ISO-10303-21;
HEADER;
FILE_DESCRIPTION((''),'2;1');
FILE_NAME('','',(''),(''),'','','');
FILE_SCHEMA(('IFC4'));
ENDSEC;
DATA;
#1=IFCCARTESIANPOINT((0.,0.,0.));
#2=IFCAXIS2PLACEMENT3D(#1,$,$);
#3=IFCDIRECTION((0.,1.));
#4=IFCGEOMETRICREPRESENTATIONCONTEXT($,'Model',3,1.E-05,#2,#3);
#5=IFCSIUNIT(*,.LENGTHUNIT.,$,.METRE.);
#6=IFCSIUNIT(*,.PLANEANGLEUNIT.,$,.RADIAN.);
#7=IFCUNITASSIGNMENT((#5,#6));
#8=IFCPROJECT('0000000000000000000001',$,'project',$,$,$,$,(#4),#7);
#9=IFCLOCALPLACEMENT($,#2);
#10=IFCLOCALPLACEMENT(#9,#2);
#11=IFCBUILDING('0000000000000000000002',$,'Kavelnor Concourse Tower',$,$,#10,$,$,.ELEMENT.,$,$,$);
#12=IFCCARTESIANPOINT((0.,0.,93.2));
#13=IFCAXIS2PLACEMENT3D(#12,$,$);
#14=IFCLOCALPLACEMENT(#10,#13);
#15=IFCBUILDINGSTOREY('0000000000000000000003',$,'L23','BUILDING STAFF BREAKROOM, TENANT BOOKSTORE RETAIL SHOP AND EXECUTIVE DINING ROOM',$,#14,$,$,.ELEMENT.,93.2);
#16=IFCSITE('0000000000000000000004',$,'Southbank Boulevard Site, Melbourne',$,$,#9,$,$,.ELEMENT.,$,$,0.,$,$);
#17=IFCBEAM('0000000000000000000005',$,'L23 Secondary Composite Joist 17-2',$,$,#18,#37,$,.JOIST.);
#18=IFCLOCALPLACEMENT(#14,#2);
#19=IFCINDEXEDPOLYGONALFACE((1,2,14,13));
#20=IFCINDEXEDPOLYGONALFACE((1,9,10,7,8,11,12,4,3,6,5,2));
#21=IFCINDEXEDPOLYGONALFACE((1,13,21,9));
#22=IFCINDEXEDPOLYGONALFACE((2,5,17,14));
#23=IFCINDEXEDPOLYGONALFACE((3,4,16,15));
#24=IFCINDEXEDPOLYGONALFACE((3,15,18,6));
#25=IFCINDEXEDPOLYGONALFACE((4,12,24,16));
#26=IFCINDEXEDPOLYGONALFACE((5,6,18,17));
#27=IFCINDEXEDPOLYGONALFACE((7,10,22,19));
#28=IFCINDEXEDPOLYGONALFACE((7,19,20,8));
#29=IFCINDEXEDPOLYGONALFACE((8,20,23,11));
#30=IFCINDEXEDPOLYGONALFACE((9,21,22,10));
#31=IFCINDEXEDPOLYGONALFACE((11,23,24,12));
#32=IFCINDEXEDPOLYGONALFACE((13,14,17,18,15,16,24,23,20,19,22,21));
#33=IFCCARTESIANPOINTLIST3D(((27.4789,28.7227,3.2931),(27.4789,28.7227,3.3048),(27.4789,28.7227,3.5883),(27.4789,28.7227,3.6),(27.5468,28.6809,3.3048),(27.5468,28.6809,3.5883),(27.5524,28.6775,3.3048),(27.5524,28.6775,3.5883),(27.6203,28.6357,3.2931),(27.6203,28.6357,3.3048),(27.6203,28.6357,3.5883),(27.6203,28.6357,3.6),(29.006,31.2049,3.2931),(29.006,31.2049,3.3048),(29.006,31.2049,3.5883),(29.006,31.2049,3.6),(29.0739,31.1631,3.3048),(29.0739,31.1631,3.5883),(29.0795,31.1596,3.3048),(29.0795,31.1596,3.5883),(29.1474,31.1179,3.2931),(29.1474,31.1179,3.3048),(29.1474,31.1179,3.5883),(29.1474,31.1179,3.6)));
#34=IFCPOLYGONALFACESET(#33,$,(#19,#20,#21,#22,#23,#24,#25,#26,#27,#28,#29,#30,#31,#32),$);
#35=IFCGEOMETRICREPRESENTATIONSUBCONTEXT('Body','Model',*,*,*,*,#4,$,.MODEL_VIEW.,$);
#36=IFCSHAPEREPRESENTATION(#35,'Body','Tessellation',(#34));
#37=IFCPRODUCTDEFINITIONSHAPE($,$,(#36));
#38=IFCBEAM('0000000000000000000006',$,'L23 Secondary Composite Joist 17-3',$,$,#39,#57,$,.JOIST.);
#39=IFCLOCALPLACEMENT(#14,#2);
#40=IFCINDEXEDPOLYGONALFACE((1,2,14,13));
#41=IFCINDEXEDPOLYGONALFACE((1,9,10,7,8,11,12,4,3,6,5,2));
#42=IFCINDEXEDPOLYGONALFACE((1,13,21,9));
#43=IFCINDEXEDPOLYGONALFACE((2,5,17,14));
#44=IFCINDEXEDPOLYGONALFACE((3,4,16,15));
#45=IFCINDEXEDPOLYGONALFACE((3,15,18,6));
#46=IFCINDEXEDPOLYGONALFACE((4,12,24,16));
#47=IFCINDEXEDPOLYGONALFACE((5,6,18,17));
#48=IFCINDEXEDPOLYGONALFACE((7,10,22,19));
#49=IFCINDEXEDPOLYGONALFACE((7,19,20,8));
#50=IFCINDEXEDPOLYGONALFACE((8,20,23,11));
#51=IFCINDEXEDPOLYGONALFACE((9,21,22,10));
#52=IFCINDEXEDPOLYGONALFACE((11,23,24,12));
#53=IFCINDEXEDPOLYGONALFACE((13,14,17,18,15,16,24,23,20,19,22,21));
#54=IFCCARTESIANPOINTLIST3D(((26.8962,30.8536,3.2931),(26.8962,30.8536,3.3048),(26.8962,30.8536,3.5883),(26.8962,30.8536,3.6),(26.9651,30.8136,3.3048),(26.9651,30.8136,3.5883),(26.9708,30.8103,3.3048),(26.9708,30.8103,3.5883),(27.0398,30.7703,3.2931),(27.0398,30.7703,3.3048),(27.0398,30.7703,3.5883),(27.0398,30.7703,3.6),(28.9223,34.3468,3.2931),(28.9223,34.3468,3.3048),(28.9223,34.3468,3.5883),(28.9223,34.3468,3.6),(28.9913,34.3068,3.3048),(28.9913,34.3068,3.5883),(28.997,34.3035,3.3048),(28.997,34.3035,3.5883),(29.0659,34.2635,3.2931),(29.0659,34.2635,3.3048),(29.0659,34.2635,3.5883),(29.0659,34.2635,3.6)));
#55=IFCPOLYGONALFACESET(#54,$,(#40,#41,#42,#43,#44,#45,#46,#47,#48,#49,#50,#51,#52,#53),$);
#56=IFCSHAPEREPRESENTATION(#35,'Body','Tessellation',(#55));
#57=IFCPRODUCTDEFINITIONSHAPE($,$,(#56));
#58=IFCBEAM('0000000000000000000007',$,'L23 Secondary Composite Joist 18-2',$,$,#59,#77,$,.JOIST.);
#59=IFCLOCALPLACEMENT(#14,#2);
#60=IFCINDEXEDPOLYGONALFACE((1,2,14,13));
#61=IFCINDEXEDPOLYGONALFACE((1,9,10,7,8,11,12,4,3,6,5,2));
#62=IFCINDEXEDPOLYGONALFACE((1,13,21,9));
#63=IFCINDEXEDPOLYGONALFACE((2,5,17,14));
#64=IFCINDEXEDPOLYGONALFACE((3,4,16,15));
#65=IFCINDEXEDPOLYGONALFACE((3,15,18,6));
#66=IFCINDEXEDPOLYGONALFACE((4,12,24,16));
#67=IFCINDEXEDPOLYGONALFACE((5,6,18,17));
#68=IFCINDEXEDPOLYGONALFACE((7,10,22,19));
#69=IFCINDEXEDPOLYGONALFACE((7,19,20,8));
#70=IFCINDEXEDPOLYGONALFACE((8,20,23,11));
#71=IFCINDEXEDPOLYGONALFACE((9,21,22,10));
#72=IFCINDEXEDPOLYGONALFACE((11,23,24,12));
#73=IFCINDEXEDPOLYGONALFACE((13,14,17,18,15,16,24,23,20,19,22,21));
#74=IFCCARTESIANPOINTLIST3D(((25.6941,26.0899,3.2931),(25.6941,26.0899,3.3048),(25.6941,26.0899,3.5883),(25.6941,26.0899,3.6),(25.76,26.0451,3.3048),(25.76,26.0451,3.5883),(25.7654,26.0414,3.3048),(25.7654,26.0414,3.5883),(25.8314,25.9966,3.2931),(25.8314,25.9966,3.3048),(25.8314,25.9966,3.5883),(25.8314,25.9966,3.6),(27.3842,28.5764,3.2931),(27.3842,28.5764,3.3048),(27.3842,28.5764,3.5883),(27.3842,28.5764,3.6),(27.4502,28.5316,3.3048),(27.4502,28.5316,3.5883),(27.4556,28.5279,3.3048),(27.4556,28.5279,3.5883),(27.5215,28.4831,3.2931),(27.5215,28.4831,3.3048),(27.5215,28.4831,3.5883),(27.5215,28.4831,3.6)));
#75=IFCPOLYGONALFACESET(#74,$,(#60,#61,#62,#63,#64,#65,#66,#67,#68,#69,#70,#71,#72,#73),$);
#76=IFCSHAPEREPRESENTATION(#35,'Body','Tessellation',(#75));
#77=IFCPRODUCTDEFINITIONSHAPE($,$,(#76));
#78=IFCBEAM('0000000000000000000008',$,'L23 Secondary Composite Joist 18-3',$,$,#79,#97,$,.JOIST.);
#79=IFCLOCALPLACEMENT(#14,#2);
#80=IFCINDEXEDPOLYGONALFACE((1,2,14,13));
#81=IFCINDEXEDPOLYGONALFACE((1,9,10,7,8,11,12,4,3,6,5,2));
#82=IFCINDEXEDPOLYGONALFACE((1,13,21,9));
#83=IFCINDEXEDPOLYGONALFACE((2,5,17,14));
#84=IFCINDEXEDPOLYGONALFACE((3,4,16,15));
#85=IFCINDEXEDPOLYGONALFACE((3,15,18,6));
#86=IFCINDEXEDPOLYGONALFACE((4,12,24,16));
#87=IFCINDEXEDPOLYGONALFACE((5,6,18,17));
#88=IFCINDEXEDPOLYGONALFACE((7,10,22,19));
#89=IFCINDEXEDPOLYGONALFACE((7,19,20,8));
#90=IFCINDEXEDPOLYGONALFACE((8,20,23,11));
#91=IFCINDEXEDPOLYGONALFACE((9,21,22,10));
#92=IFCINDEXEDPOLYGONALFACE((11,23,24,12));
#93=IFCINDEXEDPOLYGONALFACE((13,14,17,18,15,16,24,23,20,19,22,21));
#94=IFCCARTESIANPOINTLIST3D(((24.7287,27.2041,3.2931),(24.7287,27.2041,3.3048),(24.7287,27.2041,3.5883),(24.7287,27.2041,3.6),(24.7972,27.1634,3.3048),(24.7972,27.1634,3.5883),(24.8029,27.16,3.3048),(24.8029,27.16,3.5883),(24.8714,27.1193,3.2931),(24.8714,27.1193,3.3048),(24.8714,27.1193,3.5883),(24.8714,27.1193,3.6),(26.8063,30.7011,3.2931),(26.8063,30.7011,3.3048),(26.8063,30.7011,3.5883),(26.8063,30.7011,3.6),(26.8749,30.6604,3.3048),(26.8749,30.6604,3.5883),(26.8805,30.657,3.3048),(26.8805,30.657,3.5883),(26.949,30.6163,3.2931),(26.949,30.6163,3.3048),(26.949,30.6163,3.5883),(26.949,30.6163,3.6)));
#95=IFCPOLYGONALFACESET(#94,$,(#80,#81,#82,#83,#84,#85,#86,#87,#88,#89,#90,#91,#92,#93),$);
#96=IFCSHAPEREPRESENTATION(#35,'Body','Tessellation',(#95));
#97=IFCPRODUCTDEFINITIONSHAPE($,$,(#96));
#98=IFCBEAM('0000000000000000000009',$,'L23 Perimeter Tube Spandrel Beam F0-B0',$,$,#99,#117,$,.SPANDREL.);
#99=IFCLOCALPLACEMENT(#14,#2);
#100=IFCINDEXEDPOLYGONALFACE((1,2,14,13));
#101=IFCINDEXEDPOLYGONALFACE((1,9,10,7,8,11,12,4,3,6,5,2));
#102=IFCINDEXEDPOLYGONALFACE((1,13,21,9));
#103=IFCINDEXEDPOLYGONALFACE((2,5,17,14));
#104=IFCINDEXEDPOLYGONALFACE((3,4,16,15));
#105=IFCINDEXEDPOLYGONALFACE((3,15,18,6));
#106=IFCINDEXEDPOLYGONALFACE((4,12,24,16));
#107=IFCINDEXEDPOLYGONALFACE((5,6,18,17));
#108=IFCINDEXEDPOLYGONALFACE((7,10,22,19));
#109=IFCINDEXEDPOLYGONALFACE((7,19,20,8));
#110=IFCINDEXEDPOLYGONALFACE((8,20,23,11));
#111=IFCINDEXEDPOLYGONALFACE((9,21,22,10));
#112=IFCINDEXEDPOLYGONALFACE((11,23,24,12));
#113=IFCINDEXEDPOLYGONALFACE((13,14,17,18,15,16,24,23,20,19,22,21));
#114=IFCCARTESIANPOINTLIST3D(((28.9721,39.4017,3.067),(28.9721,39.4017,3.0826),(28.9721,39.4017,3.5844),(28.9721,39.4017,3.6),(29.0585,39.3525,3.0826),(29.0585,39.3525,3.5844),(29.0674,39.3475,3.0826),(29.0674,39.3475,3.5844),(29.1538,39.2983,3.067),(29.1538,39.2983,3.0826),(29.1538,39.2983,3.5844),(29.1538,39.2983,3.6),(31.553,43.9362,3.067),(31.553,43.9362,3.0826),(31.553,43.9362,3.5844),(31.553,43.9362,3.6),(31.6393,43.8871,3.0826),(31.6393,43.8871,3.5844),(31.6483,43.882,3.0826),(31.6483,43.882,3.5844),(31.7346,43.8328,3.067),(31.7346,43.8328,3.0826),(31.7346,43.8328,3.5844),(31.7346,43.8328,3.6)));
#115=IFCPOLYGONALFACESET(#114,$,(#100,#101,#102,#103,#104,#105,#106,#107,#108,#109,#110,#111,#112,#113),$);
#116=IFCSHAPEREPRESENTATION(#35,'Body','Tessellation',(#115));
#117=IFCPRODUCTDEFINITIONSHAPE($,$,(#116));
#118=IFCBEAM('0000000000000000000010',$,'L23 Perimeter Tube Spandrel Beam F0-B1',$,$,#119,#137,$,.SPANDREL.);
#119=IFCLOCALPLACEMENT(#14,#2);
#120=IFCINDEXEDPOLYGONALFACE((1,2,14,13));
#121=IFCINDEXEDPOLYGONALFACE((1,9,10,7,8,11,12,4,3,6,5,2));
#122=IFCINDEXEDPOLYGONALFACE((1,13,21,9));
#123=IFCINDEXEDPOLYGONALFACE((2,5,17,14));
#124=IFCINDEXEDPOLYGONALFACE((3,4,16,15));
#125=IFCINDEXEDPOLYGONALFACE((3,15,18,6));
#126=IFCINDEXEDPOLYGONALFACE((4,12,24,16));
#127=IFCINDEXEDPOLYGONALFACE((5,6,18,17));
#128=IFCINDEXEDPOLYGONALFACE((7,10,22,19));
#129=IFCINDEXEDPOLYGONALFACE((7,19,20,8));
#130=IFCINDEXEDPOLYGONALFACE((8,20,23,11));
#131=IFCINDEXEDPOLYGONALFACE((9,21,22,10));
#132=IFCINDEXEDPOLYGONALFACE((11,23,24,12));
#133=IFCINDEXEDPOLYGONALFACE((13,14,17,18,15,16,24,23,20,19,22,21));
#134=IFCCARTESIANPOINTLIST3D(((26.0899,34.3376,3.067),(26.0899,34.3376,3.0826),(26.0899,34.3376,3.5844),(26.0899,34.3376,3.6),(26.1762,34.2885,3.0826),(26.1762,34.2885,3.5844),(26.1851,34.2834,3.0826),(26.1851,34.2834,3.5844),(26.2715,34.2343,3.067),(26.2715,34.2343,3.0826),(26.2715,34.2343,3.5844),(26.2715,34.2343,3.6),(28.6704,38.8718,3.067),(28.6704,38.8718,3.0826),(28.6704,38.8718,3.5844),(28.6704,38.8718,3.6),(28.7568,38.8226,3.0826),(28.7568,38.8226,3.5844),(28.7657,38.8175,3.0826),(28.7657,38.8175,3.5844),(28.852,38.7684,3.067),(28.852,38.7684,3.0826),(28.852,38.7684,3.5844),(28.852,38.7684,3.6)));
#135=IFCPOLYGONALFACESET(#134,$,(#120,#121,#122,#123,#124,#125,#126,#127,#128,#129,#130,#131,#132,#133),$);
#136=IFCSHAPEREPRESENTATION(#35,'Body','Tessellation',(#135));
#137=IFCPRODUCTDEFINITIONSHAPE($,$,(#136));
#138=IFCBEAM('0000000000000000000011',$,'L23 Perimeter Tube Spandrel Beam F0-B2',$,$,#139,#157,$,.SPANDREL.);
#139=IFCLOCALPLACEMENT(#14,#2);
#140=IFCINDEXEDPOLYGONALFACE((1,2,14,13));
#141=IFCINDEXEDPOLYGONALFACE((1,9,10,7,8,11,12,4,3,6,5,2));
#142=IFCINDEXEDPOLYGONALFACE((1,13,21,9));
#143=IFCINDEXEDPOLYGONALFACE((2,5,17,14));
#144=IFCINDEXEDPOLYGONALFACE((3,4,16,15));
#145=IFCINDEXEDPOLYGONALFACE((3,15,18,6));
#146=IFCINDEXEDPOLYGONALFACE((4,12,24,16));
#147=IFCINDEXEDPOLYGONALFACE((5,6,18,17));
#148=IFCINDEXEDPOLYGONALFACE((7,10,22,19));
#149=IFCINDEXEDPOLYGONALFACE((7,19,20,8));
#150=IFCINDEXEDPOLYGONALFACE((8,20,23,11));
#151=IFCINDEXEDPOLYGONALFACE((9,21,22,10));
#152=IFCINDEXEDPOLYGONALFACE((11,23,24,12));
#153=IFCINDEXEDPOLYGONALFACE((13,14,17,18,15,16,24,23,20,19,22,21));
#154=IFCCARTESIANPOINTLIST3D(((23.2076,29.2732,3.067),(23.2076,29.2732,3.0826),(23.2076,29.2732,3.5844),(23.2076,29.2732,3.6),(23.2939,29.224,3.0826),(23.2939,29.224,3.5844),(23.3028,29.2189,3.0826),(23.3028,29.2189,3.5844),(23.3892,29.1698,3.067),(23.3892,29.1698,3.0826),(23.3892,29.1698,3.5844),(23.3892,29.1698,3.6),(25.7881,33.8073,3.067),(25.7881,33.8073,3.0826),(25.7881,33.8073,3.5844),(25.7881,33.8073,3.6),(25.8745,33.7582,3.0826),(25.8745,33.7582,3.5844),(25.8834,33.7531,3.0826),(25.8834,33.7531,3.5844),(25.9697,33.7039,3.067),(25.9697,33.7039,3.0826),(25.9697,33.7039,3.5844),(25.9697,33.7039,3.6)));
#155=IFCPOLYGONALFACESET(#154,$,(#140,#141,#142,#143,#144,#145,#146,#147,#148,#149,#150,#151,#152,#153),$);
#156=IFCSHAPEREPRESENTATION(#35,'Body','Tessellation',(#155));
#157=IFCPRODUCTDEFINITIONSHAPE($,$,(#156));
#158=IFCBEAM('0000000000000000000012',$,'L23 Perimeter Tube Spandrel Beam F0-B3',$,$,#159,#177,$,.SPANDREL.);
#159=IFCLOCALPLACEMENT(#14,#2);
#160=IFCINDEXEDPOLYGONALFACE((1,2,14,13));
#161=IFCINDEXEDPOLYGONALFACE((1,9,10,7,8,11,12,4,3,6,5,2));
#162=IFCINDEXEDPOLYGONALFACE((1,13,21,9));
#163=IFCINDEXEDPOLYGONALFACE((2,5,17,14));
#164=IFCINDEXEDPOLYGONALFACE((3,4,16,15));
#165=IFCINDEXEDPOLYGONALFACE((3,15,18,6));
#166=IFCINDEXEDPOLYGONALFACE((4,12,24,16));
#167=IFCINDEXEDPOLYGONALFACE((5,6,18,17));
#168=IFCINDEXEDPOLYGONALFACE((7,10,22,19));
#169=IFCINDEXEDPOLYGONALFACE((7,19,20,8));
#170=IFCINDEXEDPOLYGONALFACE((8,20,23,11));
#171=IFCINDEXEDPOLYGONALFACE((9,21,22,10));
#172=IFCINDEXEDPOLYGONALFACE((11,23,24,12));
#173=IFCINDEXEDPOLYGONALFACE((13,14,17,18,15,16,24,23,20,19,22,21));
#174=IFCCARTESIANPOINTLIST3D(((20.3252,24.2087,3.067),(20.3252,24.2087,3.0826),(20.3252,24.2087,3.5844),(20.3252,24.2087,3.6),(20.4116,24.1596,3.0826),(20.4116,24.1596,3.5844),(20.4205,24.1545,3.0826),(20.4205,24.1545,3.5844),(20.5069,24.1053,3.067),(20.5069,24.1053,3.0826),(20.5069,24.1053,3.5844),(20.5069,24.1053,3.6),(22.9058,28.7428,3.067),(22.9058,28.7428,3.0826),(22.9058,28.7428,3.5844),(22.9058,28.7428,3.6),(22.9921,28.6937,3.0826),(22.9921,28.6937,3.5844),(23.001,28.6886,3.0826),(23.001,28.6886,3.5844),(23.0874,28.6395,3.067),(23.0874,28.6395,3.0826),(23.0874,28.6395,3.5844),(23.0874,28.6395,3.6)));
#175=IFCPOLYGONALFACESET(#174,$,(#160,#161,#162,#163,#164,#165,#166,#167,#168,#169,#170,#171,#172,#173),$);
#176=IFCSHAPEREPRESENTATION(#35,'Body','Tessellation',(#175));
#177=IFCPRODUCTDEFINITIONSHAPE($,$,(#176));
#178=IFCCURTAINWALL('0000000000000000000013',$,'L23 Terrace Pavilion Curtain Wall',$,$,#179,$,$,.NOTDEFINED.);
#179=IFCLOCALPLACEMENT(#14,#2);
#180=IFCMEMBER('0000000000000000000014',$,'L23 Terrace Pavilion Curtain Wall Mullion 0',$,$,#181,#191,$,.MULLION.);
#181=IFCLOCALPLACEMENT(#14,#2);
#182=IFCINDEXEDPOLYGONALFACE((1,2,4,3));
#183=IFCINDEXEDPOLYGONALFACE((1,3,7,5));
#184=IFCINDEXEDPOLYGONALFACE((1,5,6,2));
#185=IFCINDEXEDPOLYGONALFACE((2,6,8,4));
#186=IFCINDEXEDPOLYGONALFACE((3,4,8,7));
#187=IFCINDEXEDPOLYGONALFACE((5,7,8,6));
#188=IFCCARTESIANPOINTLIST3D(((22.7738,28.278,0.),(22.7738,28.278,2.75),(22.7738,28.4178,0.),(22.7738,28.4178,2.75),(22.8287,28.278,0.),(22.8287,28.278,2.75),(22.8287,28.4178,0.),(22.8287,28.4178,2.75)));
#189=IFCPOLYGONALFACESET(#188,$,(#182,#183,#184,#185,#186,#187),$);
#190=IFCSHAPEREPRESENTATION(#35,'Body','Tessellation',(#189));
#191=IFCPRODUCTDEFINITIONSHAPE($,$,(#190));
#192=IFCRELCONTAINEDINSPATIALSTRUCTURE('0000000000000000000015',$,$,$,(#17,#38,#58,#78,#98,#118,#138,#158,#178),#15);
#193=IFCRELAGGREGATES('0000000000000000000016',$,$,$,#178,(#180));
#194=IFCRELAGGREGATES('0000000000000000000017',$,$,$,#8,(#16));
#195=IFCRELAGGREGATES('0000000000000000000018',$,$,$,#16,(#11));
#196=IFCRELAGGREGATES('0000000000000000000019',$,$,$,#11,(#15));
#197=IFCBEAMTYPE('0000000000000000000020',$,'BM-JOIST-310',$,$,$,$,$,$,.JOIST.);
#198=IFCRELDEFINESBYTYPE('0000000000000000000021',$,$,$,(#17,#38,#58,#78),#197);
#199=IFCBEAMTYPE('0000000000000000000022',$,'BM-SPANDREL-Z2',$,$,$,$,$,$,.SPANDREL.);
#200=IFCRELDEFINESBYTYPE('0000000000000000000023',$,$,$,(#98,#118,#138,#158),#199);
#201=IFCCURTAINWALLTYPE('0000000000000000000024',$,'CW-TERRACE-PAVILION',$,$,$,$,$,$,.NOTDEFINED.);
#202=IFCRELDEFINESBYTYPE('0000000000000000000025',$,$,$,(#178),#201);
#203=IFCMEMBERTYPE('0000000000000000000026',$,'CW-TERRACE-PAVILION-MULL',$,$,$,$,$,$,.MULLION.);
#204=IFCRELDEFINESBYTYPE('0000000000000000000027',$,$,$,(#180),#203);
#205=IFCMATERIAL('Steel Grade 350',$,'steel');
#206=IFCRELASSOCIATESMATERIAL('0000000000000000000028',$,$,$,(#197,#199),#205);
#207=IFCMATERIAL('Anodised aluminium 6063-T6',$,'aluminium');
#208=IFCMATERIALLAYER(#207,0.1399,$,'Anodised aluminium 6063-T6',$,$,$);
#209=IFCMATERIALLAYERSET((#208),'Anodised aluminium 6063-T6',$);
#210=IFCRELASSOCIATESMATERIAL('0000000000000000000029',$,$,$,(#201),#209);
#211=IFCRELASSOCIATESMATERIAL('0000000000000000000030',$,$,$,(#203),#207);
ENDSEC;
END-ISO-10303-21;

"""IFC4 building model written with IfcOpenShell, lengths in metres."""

from ifc_helpers import new_model, si_unit, direction, frame, origin, origin_2d, place, context, subcontext, project, spatial, rectangle, i_section, extrude, material, layer, layer_set, material_profile, profile_set, type_object, element, aggregate, save


model = new_model("IFC4")

# Units and contexts
model_context = context("Model", 3, precision=1e-05, world=origin(), true_north=direction((0.0, 1.0)))
body_context = subcontext(model_context, "Body", "Model", "MODEL_VIEW")
ifc_project = project(units=[si_unit("LENGTHUNIT", "METRE"), si_unit("PLANEANGLEUNIT", "RADIAN")], contexts=[model_context])

# Site, building, storey
site_placement = place(None, origin())
site = spatial("IfcSite", under=ifc_project, at=site_placement, Name="Southbank Boulevard Site, Melbourne", CompositionType="ELEMENT", RefElevation=0.0)
building_placement = place(site_placement, origin())
building = spatial("IfcBuilding", under=site, at=building_placement, Name="Kavelnor Concourse Tower", CompositionType="ELEMENT")
storey_placement = place(building_placement, frame((0.0, 0.0, 93.2)))
storey = spatial("IfcBuildingStorey", under=building, at=storey_placement, Name="L23", Description="BUILDING STAFF BREAKROOM, TENANT BOOKSTORE RETAIL SHOP AND EXECUTIVE DINING ROOM", CompositionType="ELEMENT", Elevation=93.2)

# Shared definitions
ifc_material_1 = material(Name="Steel Grade 350", Category="steel")

# Beams
ifc_material_profile_1 = material_profile(ifc_material_1, i_section(OverallWidth=0.166, OverallDepth=0.3069, WebThickness=0.0066, FlangeThickness=0.0117, at=origin_2d()), Name="310UB46")
ifc_profile_set_1 = profile_set([ifc_material_profile_1], Name="Steel Grade 350")
beam_type_1 = type_object("IfcBeamType", Name="BM-JOIST-310", PredefinedType="JOIST", material=ifc_profile_set_1)
beam_1_placement = place(storey_placement, frame((29.0767, 31.1614, 3.4465), z_axis=(-0.523999, -0.851719, 0.0), x_axis=(0.851719, -0.523999, 0.0)))
element("IfcBeam", 1, at=beam_1_placement, inside=storey, type_object=beam_type_1, Name="L23 Secondary Composite Joist 17-2", PredefinedType="JOIST", context=body_context, shape_type="SweptSolid", body=[
    extrude(i_section(OverallWidth=0.166, OverallDepth=0.3069, WebThickness=0.0066, FlangeThickness=0.0117, at=origin_2d()), origin(), (0.0, 0.0, 1.0), 2.9143),
])
beam_2_placement = place(storey_placement, frame((28.9941, 34.3052, 3.4465), z_axis=(-0.501734, -0.865022, 0.0), x_axis=(0.865022, -0.501734, 0.0)))
element("IfcBeam", 2, at=beam_2_placement, inside=storey, type_object=beam_type_1, Name="L23 Secondary Composite Joist 17-3", PredefinedType="JOIST", context=body_context, shape_type="SweptSolid", body=[
    extrude(i_section(OverallWidth=0.166, OverallDepth=0.3069, WebThickness=0.0066, FlangeThickness=0.0117, at=origin_2d()), origin(), (0.0, 0.0, 1.0), 4.0383),
])
beam_3_placement = place(storey_placement, frame((27.4529, 28.5298, 3.4465), z_axis=(-0.562155, -0.827032, 0.0), x_axis=(0.827032, -0.562155, 0.0)))
element("IfcBeam", 3, at=beam_3_placement, inside=storey, type_object=beam_type_1, Name="L23 Secondary Composite Joist 18-2", PredefinedType="JOIST", context=body_context, shape_type="SweptSolid", body=[
    extrude(i_section(OverallWidth=0.166, OverallDepth=0.3069, WebThickness=0.0066, FlangeThickness=0.0117, at=origin_2d()), origin(), (0.0, 0.0, 1.0), 3.0066),
])
beam_4_placement = place(storey_placement, frame((26.8777, 30.6587, 3.4465), z_axis=(-0.510766, -0.85972, 0.0), x_axis=(0.85972, -0.510766, 0.0)))
element("IfcBeam", 4, at=beam_4_placement, inside=storey, type_object=beam_type_1, Name="L23 Secondary Composite Joist 18-3", PredefinedType="JOIST", context=body_context, shape_type="SweptSolid", body=[
    extrude(i_section(OverallWidth=0.166, OverallDepth=0.3069, WebThickness=0.0066, FlangeThickness=0.0117, at=origin_2d()), origin(), (0.0, 0.0, 1.0), 4.0676),
])
ifc_material_profile_2 = material_profile(ifc_material_1, i_section(OverallWidth=0.209, OverallDepth=0.533, WebThickness=0.0103, FlangeThickness=0.0156, at=origin_2d()), Name="530UB92")
ifc_profile_set_2 = profile_set([ifc_material_profile_2], Name="Steel Grade 350")
beam_type_2 = type_object("IfcBeamType", Name="BM-SPANDREL-Z2", PredefinedType="SPANDREL", material=ifc_profile_set_2)
beam_5_placement = place(storey_placement, frame((31.6438, 43.8845, 3.3335), z_axis=(-0.494652, -0.869091, 0.0), x_axis=(0.869091, -0.494652, 0.0)))
element("IfcBeam", 5, at=beam_5_placement, inside=storey, type_object=beam_type_2, Name="L23 Perimeter Tube Spandrel Beam F0-B0", PredefinedType="SPANDREL", context=body_context, shape_type="SweptSolid", body=[
    extrude(i_section(OverallWidth=0.209, OverallDepth=0.533, WebThickness=0.0103, FlangeThickness=0.0156, at=origin_2d()), origin(), (0.0, 0.0, 1.0), 5.2175),
])
for number, where, z_axis, x_axis, name in (
    (6, (28.7612, 38.8201, 3.3335), (-0.494636, -0.8691, 0.0), (0.8691, -0.494636, 0.0), "L23 Perimeter Tube Spandrel Beam F0-B1"),
    (7, (25.8789, 33.7556, 3.3335), (-0.494636, -0.8691, 0.0), (0.8691, -0.494636, 0.0), "L23 Perimeter Tube Spandrel Beam F0-B2"),
    (8, (22.9966, 28.6912, 3.3335), (-0.494636, -0.8691, 0.0), (0.8691, -0.494636, 0.0), "L23 Perimeter Tube Spandrel Beam F0-B3"),
):
    element("IfcBeam", number, at=place(storey_placement, frame(where, z_axis=z_axis, x_axis=x_axis)), inside=storey, type_object=beam_type_2, Name=name, PredefinedType="SPANDREL", context=body_context, shape_type="SweptSolid", body=[
        extrude(i_section(OverallWidth=0.209, OverallDepth=0.533, WebThickness=0.0103, FlangeThickness=0.0156, at=origin_2d()), origin(), (0.0, 0.0, 1.0), 5.217),
    ])

# Curtain wall, member
ifc_material_2 = material(Name="Anodised aluminium 6063-T6", Category="aluminium")
ifc_layer_1 = layer(ifc_material_2, 0.1399, Name="Anodised aluminium 6063-T6")
ifc_layer_set_1 = layer_set([ifc_layer_1], Name="Anodised aluminium 6063-T6")
curtain_wall_type = type_object("IfcCurtainWallType", Name="CW-TERRACE-PAVILION", PredefinedType="NOTDEFINED", material=ifc_layer_set_1)
curtain_wall_placement = place(storey_placement, origin())
curtain_wall = element("IfcCurtainWall", 9, at=curtain_wall_placement, inside=storey, type_object=curtain_wall_type, Name="L23 Terrace Pavilion Curtain Wall", PredefinedType="NOTDEFINED")
ifc_material_profile_3 = material_profile(ifc_material_2, rectangle(XDim=0.0549, YDim=0.1399, at=origin_2d()), Name="AL-MULL 55x140")
ifc_profile_set_3 = profile_set([ifc_material_profile_3], Name="Anodised aluminium 6063-T6")
member_type_1 = type_object("IfcMemberType", Name="CW-TERRACE-PAVILION-MULL", PredefinedType="MULLION", material=ifc_profile_set_3)
member_1_placement = place(storey_placement, frame((22.8013, 28.3479, 0.0), z_axis=(0.0, 0.0, 1.0), x_axis=(1.0, 0.0, 0.0)))
member_1 = element("IfcMember", 10, at=member_1_placement, type_object=member_type_1, Name="L23 Terrace Pavilion Curtain Wall Mullion 0", PredefinedType="MULLION", context=body_context, shape_type="SweptSolid", body=[
    extrude(rectangle(XDim=0.0549, YDim=0.1399, at=origin_2d()), origin(), (0.0, 0.0, 1.0), 2.75),
])
aggregate(curtain_wall, [member_1])

save(model, "model.ifc")
